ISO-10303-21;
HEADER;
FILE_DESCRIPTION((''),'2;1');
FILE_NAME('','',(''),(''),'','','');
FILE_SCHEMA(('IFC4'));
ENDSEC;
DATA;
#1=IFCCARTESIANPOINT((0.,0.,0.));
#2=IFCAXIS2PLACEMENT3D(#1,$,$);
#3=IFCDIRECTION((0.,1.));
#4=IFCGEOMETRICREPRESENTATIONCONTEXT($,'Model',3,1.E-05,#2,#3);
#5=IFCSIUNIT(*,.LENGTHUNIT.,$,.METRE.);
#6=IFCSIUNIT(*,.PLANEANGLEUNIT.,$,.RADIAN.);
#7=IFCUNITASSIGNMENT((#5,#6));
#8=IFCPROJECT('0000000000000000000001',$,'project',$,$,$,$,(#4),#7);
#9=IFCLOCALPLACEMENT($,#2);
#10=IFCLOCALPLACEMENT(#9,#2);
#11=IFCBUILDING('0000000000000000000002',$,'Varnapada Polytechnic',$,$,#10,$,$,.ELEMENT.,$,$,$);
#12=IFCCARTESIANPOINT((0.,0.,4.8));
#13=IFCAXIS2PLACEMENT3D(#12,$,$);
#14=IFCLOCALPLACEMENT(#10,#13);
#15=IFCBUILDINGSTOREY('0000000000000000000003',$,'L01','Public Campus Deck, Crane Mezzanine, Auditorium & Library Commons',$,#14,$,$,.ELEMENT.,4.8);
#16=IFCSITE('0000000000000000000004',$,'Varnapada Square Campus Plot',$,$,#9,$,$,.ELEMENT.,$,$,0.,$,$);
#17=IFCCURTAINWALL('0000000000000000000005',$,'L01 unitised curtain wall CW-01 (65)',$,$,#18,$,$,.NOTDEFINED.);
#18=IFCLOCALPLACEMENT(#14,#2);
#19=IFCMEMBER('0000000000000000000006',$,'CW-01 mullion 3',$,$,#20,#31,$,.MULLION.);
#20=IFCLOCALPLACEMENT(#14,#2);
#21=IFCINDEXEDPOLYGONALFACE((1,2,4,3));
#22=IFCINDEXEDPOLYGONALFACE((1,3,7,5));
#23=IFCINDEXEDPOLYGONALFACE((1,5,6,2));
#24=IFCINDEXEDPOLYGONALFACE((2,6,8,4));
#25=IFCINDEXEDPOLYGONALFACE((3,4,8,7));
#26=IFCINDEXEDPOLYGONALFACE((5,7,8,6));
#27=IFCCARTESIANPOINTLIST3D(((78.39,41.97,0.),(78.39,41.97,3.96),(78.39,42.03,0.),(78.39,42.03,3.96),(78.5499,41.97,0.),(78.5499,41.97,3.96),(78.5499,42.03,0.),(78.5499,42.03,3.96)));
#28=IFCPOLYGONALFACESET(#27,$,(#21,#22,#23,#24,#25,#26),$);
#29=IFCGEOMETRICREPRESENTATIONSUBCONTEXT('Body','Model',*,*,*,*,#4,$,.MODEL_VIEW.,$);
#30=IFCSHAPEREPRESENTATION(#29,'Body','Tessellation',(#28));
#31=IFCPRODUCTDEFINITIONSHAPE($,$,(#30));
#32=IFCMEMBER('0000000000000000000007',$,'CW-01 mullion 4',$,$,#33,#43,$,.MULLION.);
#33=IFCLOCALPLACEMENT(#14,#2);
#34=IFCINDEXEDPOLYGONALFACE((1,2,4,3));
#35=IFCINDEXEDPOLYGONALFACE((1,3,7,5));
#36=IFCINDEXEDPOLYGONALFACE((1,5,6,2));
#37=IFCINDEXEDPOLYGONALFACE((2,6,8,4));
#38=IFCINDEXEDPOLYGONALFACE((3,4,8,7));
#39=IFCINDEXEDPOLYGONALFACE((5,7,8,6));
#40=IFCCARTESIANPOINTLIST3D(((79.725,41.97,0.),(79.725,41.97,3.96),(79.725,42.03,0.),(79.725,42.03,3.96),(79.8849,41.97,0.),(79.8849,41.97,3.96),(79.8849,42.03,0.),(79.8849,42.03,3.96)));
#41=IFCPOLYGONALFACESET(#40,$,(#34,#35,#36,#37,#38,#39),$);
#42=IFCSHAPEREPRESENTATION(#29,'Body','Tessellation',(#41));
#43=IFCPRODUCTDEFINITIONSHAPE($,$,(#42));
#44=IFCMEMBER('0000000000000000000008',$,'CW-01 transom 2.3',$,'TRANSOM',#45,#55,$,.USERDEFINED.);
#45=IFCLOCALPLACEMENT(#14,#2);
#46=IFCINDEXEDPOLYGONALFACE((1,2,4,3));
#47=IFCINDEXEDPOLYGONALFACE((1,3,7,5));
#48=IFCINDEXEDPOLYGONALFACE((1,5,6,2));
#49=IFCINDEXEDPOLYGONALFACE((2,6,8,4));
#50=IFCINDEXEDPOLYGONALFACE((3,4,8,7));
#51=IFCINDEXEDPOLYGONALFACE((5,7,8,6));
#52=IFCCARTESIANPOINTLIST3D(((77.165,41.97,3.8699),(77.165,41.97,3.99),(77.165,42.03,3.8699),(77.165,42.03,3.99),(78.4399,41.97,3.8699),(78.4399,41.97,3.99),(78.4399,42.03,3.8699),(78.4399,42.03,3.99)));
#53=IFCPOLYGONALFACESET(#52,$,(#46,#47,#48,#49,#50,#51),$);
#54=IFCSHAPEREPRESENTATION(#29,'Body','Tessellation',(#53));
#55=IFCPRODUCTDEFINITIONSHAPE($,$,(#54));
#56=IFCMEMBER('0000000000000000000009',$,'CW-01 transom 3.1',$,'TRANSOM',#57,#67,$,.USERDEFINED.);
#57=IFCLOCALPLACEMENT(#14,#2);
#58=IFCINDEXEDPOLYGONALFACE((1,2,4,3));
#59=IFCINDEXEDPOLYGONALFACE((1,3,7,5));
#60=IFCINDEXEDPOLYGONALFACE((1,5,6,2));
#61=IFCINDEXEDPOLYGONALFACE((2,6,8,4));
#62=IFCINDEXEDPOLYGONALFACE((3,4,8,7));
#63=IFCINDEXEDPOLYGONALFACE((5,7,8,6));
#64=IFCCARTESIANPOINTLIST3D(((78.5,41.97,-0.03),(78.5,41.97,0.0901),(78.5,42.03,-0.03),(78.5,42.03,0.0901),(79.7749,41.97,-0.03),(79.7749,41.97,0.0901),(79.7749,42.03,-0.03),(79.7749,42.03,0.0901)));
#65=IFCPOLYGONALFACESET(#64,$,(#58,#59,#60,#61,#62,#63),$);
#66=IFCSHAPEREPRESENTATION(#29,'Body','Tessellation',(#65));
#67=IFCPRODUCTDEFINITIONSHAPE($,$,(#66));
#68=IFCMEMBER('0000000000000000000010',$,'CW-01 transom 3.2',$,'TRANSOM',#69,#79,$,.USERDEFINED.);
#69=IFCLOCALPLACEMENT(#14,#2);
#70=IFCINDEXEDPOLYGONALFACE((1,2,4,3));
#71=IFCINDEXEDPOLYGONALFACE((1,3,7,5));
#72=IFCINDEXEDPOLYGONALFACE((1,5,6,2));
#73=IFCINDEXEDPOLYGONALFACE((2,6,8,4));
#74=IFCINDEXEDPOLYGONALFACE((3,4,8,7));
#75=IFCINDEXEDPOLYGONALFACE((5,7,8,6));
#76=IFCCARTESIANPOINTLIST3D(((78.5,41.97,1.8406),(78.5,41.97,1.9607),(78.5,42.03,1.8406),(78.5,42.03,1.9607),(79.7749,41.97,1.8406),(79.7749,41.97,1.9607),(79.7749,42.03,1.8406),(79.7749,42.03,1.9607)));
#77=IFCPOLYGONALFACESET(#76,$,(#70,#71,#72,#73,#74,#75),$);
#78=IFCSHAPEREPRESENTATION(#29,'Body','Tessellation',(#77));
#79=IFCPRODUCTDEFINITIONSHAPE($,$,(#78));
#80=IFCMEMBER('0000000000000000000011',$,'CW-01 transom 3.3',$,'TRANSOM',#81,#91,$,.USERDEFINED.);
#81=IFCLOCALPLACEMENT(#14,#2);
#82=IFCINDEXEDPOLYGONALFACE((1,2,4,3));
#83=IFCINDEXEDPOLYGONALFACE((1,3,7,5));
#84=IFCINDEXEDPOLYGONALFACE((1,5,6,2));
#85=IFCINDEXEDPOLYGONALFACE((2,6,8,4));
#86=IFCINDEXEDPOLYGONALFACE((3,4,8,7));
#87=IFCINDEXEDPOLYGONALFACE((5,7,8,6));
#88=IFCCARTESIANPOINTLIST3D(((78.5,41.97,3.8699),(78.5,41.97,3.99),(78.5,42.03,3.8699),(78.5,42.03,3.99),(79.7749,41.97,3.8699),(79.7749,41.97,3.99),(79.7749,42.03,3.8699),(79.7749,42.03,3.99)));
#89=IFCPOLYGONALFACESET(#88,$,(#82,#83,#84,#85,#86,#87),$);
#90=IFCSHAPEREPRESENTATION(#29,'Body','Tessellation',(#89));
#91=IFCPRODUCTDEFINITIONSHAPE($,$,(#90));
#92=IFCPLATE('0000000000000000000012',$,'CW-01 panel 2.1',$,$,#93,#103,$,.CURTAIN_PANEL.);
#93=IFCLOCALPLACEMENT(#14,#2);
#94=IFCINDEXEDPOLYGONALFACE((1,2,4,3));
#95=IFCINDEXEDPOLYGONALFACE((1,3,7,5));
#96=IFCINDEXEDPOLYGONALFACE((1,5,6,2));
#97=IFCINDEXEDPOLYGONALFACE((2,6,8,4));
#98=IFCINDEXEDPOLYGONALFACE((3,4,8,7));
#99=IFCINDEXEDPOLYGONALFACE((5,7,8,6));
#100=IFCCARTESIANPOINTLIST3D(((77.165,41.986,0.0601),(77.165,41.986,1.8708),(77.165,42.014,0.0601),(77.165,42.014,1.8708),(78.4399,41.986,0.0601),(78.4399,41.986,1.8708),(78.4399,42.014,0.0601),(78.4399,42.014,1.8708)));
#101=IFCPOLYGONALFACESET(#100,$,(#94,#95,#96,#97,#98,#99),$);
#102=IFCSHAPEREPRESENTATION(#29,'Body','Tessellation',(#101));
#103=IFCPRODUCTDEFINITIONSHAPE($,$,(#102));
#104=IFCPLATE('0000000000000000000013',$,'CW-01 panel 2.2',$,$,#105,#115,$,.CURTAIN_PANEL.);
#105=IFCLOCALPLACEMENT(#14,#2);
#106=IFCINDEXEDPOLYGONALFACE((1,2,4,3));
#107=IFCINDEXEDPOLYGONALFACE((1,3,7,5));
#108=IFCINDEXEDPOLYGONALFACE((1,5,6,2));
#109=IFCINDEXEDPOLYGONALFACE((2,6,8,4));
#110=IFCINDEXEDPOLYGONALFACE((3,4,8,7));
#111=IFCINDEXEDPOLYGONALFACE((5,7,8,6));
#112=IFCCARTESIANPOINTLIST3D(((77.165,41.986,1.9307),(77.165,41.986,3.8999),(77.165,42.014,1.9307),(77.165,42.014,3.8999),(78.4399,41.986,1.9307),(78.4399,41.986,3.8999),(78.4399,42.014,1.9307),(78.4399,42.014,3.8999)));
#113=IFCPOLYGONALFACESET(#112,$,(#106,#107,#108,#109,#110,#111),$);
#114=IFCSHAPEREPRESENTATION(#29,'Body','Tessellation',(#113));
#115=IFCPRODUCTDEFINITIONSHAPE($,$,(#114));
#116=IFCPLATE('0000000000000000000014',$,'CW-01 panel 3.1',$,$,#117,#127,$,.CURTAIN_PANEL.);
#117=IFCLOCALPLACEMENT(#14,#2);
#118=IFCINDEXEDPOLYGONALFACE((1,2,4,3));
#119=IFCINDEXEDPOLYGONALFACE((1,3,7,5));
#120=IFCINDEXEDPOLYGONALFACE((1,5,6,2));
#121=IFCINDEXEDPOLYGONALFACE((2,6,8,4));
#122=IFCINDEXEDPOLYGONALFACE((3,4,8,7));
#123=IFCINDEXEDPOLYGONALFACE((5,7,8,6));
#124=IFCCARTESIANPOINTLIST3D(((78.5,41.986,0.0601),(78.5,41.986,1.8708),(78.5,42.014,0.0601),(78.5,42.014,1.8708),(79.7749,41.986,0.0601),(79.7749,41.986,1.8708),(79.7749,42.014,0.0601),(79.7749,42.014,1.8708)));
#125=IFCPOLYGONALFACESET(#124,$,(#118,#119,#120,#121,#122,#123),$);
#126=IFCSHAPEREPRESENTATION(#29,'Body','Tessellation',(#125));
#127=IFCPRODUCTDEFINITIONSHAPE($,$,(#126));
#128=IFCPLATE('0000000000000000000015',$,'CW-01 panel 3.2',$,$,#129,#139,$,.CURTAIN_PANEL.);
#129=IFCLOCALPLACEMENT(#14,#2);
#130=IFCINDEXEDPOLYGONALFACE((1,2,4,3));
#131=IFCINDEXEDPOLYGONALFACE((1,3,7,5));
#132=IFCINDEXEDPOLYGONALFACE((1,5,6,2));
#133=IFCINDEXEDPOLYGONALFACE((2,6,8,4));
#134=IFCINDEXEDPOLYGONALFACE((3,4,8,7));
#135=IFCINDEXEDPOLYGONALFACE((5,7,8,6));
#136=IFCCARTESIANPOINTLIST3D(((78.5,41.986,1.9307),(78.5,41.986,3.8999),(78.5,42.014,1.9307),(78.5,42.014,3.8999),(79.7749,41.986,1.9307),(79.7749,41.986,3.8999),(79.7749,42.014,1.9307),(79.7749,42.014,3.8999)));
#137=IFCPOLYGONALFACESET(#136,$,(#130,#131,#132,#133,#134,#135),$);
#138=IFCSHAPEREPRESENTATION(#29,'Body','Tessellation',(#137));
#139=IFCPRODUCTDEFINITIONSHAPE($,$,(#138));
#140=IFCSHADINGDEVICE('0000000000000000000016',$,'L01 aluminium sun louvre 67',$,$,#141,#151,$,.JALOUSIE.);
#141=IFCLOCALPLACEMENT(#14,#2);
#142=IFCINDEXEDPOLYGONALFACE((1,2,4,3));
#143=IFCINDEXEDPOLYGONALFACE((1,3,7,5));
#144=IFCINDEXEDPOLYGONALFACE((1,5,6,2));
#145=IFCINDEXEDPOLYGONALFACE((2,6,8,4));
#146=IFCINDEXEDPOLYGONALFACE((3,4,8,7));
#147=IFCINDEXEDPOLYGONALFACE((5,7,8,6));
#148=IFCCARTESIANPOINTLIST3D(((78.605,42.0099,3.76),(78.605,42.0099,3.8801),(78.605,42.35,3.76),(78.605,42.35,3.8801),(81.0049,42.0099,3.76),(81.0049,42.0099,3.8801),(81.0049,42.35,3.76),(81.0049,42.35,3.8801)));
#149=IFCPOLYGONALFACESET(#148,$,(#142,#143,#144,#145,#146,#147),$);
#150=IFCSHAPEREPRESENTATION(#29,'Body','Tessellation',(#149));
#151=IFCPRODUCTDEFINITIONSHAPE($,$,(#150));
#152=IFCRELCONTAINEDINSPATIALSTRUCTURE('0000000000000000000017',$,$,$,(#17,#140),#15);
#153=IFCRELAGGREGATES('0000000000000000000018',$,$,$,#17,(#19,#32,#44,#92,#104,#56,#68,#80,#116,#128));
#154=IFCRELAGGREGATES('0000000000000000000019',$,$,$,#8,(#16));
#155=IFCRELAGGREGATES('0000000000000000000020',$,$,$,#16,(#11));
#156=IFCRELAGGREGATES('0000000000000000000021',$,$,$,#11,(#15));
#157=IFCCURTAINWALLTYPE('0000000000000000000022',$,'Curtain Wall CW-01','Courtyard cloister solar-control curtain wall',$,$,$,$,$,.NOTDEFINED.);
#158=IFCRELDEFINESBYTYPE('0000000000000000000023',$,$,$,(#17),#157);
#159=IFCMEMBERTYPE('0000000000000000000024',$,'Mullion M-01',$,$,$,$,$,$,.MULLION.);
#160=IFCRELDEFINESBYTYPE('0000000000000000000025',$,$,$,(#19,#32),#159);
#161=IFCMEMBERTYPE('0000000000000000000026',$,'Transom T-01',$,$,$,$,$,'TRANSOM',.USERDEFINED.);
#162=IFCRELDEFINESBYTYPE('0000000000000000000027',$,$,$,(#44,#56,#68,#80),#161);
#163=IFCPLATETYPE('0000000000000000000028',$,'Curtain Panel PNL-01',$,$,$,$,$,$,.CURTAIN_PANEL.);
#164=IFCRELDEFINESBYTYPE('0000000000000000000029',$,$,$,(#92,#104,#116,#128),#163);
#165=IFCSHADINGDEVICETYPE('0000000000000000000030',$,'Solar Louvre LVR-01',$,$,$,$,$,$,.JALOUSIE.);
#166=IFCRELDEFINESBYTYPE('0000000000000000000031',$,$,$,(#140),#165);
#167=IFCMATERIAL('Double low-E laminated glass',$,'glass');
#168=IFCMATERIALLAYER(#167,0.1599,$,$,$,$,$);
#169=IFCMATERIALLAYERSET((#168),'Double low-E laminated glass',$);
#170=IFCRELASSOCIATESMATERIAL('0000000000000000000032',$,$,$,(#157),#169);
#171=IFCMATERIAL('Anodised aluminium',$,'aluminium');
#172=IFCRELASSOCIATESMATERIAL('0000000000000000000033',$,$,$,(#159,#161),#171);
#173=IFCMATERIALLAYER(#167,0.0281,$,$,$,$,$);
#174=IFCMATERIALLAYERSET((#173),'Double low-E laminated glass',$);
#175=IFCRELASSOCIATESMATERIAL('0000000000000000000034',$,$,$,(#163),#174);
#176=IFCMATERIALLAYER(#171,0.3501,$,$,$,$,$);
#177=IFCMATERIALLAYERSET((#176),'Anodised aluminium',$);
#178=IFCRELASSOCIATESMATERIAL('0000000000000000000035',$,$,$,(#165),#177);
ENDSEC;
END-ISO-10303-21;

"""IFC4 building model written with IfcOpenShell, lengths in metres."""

from ifc_helpers import new_model, si_unit, direction, frame, origin, origin_2d, place, context, subcontext, project, spatial, rectangle, extrude, material, layer, layer_set, material_profile, profile_set, type_object, element, aggregate, save


model = new_model("IFC4")

# Units and contexts
model_context = context("Model", 3, precision=1e-05, world=origin(), true_north=direction((0.0, 1.0)))
body_context = subcontext(model_context, "Body", "Model", "MODEL_VIEW")
ifc_project = project(units=[si_unit("LENGTHUNIT", "METRE"), si_unit("PLANEANGLEUNIT", "RADIAN")], contexts=[model_context])

# Site, building, storey
site_placement = place(None, origin())
site = spatial("IfcSite", under=ifc_project, at=site_placement, Name="Varnapada Square Campus Plot", CompositionType="ELEMENT", RefElevation=0.0)
building_placement = place(site_placement, origin())
building = spatial("IfcBuilding", under=site, at=building_placement, Name="Varnapada Polytechnic", CompositionType="ELEMENT")
storey_placement = place(building_placement, frame((0.0, 0.0, 4.8)))
storey = spatial("IfcBuildingStorey", under=building, at=storey_placement, Name="L01", Description="Public Campus Deck, Crane Mezzanine, Auditorium & Library Commons", CompositionType="ELEMENT", Elevation=4.8)

# Curtain wall, members, plates
ifc_material_1 = material(Name="Double low-E laminated glass", Category="glass")
ifc_layer_1 = layer(ifc_material_1, 0.1599)
ifc_layer_set_1 = layer_set([ifc_layer_1], Name="Double low-E laminated glass")
curtain_wall_type = type_object("IfcCurtainWallType", Name="Curtain Wall CW-01", Description="Courtyard cloister solar-control curtain wall", PredefinedType="NOTDEFINED", material=ifc_layer_set_1)
curtain_wall_placement = place(storey_placement, origin())
curtain_wall = element("IfcCurtainWall", 1, at=curtain_wall_placement, inside=storey, type_object=curtain_wall_type, Name="L01 unitised curtain wall CW-01 (65)", PredefinedType="NOTDEFINED")
ifc_material_2 = material(Name="Anodised aluminium", Category="aluminium")
ifc_material_profile_1 = material_profile(ifc_material_2, rectangle(XDim=0.0601, YDim=0.1599, at=origin_2d()), Name="ALU M60x160")
ifc_profile_set_1 = profile_set([ifc_material_profile_1], Name="Anodised aluminium")
member_type_1 = type_object("IfcMemberType", Name="Mullion M-01", PredefinedType="MULLION", material=ifc_profile_set_1)
member_1_placement = place(storey_placement, frame((78.47, 42.0, 0.0), z_axis=(0.0, 0.0, 1.0), x_axis=(0.0, 1.0, 0.0)))
member_1 = element("IfcMember", 2, at=member_1_placement, type_object=member_type_1, Name="CW-01 mullion 3", PredefinedType="MULLION", context=body_context, shape_type="SweptSolid", body=[
    extrude(rectangle(XDim=0.0601, YDim=0.1599, at=origin_2d()), origin(), (0.0, 0.0, 1.0), 3.96),
])
member_2_placement = place(storey_placement, frame((79.8049, 42.0, 0.0), z_axis=(0.0, 0.0, 1.0), x_axis=(0.0, 1.0, 0.0)))
member_2 = element("IfcMember", 3, at=member_2_placement, type_object=member_type_1, Name="CW-01 mullion 4", PredefinedType="MULLION", context=body_context, shape_type="SweptSolid", body=[
    extrude(rectangle(XDim=0.0601, YDim=0.1599, at=origin_2d()), origin(), (0.0, 0.0, 1.0), 3.96),
])
ifc_material_profile_2 = material_profile(ifc_material_2, rectangle(XDim=0.0601, YDim=0.1201, at=origin_2d()), Name="ALU T60x120")
ifc_profile_set_2 = profile_set([ifc_material_profile_2], Name="Anodised aluminium")
member_type_2 = type_object("IfcMemberType", Name="Transom T-01", ElementType="TRANSOM", PredefinedType="USERDEFINED", material=ifc_profile_set_2)
member_3_placement = place(storey_placement, frame((77.165, 42.0, 3.9299), z_axis=(1.0, 0.0, 0.0), x_axis=(0.0, 1.0, 0.0)))
member_3 = element("IfcMember", 4, at=member_3_placement, type_object=member_type_2, Name="CW-01 transom 2.3", ObjectType="TRANSOM", PredefinedType="USERDEFINED", context=body_context, shape_type="SweptSolid", body=[
    extrude(rectangle(XDim=0.0601, YDim=0.1201, at=origin_2d()), origin(), (0.0, 0.0, 1.0), 1.2749),
])
member_4_placement = place(storey_placement, frame((78.5, 42.0, 0.03), z_axis=(1.0, 0.0, 0.0), x_axis=(0.0, 1.0, 0.0)))
member_4 = element("IfcMember", 5, at=member_4_placement, type_object=member_type_2, Name="CW-01 transom 3.1", ObjectType="TRANSOM", PredefinedType="USERDEFINED", context=body_context, shape_type="SweptSolid", body=[
    extrude(rectangle(XDim=0.0601, YDim=0.1201, at=origin_2d()), origin(), (0.0, 0.0, 1.0), 1.2749),
])
member_5_placement = place(storey_placement, frame((78.5, 42.0, 1.9006), z_axis=(1.0, 0.0, 0.0), x_axis=(0.0, 1.0, 0.0)))
member_5 = element("IfcMember", 6, at=member_5_placement, type_object=member_type_2, Name="CW-01 transom 3.2", ObjectType="TRANSOM", PredefinedType="USERDEFINED", context=body_context, shape_type="SweptSolid", body=[
    extrude(rectangle(XDim=0.0601, YDim=0.1201, at=origin_2d()), origin(), (0.0, 0.0, 1.0), 1.2749),
])
member_6_placement = place(storey_placement, frame((78.5, 42.0, 3.9299), z_axis=(1.0, 0.0, 0.0), x_axis=(0.0, 1.0, 0.0)))
member_6 = element("IfcMember", 7, at=member_6_placement, type_object=member_type_2, Name="CW-01 transom 3.3", ObjectType="TRANSOM", PredefinedType="USERDEFINED", context=body_context, shape_type="SweptSolid", body=[
    extrude(rectangle(XDim=0.0601, YDim=0.1201, at=origin_2d()), origin(), (0.0, 0.0, 1.0), 1.2749),
])
ifc_layer_2 = layer(ifc_material_1, 0.0281)
ifc_layer_set_2 = layer_set([ifc_layer_2], Name="Double low-E laminated glass")
plate_type = type_object("IfcPlateType", Name="Curtain Panel PNL-01", PredefinedType="CURTAIN_PANEL", material=ifc_layer_set_2)
plate_1_placement = place(storey_placement, frame((77.8025, 42.0, 0.0601), z_axis=(0.0, 0.0, 1.0), x_axis=(1.0, 0.0, 0.0)))
plate_1 = element("IfcPlate", 8, at=plate_1_placement, type_object=plate_type, Name="CW-01 panel 2.1", PredefinedType="CURTAIN_PANEL", context=body_context, shape_type="SweptSolid", body=[
    extrude(rectangle(XDim=1.2749, YDim=0.0281, at=origin_2d()), origin(), (0.0, 0.0, 1.0), 1.8108),
])
plate_2_placement = place(storey_placement, frame((77.8025, 42.0, 1.9307), z_axis=(0.0, 0.0, 1.0), x_axis=(1.0, 0.0, 0.0)))
plate_2 = element("IfcPlate", 9, at=plate_2_placement, type_object=plate_type, Name="CW-01 panel 2.2", PredefinedType="CURTAIN_PANEL", context=body_context, shape_type="SweptSolid", body=[
    extrude(rectangle(XDim=1.2749, YDim=0.0281, at=origin_2d()), origin(), (0.0, 0.0, 1.0), 1.9692),
])
plate_3_placement = place(storey_placement, frame((79.1375, 42.0, 0.0601), z_axis=(0.0, 0.0, 1.0), x_axis=(1.0, 0.0, 0.0)))
plate_3 = element("IfcPlate", 10, at=plate_3_placement, type_object=plate_type, Name="CW-01 panel 3.1", PredefinedType="CURTAIN_PANEL", context=body_context, shape_type="SweptSolid", body=[
    extrude(rectangle(XDim=1.2749, YDim=0.0281, at=origin_2d()), origin(), (0.0, 0.0, 1.0), 1.8108),
])
plate_4_placement = place(storey_placement, frame((79.1375, 42.0, 1.9307), z_axis=(0.0, 0.0, 1.0), x_axis=(1.0, 0.0, 0.0)))
plate_4 = element("IfcPlate", 11, at=plate_4_placement, type_object=plate_type, Name="CW-01 panel 3.2", PredefinedType="CURTAIN_PANEL", context=body_context, shape_type="SweptSolid", body=[
    extrude(rectangle(XDim=1.2749, YDim=0.0281, at=origin_2d()), origin(), (0.0, 0.0, 1.0), 1.9692),
])
aggregate(curtain_wall, [member_1, member_2, member_3, plate_1, plate_2, member_4, member_5, member_6, plate_3, plate_4])

# Shading device
ifc_layer_3 = layer(ifc_material_2, 0.3501)
ifc_layer_set_3 = layer_set([ifc_layer_3], Name="Anodised aluminium")
shading_device_type = type_object("IfcShadingDeviceType", Name="Solar Louvre LVR-01", PredefinedType="JALOUSIE", material=ifc_layer_set_3)
shading_device_placement = place(storey_placement, frame((79.8049, 42.1799, 3.76), z_axis=(0.0, 0.0, 1.0), x_axis=(1.0, 0.0, 0.0)))
element("IfcShadingDevice", 12, at=shading_device_placement, inside=storey, type_object=shading_device_type, Name="L01 aluminium sun louvre 67", PredefinedType="JALOUSIE", context=body_context, shape_type="SweptSolid", body=[
    extrude(rectangle(XDim=2.3999, YDim=0.3401, at=origin_2d()), origin(), (0.0, 0.0, 1.0), 0.1201),
])

save(model, "model.ifc")
